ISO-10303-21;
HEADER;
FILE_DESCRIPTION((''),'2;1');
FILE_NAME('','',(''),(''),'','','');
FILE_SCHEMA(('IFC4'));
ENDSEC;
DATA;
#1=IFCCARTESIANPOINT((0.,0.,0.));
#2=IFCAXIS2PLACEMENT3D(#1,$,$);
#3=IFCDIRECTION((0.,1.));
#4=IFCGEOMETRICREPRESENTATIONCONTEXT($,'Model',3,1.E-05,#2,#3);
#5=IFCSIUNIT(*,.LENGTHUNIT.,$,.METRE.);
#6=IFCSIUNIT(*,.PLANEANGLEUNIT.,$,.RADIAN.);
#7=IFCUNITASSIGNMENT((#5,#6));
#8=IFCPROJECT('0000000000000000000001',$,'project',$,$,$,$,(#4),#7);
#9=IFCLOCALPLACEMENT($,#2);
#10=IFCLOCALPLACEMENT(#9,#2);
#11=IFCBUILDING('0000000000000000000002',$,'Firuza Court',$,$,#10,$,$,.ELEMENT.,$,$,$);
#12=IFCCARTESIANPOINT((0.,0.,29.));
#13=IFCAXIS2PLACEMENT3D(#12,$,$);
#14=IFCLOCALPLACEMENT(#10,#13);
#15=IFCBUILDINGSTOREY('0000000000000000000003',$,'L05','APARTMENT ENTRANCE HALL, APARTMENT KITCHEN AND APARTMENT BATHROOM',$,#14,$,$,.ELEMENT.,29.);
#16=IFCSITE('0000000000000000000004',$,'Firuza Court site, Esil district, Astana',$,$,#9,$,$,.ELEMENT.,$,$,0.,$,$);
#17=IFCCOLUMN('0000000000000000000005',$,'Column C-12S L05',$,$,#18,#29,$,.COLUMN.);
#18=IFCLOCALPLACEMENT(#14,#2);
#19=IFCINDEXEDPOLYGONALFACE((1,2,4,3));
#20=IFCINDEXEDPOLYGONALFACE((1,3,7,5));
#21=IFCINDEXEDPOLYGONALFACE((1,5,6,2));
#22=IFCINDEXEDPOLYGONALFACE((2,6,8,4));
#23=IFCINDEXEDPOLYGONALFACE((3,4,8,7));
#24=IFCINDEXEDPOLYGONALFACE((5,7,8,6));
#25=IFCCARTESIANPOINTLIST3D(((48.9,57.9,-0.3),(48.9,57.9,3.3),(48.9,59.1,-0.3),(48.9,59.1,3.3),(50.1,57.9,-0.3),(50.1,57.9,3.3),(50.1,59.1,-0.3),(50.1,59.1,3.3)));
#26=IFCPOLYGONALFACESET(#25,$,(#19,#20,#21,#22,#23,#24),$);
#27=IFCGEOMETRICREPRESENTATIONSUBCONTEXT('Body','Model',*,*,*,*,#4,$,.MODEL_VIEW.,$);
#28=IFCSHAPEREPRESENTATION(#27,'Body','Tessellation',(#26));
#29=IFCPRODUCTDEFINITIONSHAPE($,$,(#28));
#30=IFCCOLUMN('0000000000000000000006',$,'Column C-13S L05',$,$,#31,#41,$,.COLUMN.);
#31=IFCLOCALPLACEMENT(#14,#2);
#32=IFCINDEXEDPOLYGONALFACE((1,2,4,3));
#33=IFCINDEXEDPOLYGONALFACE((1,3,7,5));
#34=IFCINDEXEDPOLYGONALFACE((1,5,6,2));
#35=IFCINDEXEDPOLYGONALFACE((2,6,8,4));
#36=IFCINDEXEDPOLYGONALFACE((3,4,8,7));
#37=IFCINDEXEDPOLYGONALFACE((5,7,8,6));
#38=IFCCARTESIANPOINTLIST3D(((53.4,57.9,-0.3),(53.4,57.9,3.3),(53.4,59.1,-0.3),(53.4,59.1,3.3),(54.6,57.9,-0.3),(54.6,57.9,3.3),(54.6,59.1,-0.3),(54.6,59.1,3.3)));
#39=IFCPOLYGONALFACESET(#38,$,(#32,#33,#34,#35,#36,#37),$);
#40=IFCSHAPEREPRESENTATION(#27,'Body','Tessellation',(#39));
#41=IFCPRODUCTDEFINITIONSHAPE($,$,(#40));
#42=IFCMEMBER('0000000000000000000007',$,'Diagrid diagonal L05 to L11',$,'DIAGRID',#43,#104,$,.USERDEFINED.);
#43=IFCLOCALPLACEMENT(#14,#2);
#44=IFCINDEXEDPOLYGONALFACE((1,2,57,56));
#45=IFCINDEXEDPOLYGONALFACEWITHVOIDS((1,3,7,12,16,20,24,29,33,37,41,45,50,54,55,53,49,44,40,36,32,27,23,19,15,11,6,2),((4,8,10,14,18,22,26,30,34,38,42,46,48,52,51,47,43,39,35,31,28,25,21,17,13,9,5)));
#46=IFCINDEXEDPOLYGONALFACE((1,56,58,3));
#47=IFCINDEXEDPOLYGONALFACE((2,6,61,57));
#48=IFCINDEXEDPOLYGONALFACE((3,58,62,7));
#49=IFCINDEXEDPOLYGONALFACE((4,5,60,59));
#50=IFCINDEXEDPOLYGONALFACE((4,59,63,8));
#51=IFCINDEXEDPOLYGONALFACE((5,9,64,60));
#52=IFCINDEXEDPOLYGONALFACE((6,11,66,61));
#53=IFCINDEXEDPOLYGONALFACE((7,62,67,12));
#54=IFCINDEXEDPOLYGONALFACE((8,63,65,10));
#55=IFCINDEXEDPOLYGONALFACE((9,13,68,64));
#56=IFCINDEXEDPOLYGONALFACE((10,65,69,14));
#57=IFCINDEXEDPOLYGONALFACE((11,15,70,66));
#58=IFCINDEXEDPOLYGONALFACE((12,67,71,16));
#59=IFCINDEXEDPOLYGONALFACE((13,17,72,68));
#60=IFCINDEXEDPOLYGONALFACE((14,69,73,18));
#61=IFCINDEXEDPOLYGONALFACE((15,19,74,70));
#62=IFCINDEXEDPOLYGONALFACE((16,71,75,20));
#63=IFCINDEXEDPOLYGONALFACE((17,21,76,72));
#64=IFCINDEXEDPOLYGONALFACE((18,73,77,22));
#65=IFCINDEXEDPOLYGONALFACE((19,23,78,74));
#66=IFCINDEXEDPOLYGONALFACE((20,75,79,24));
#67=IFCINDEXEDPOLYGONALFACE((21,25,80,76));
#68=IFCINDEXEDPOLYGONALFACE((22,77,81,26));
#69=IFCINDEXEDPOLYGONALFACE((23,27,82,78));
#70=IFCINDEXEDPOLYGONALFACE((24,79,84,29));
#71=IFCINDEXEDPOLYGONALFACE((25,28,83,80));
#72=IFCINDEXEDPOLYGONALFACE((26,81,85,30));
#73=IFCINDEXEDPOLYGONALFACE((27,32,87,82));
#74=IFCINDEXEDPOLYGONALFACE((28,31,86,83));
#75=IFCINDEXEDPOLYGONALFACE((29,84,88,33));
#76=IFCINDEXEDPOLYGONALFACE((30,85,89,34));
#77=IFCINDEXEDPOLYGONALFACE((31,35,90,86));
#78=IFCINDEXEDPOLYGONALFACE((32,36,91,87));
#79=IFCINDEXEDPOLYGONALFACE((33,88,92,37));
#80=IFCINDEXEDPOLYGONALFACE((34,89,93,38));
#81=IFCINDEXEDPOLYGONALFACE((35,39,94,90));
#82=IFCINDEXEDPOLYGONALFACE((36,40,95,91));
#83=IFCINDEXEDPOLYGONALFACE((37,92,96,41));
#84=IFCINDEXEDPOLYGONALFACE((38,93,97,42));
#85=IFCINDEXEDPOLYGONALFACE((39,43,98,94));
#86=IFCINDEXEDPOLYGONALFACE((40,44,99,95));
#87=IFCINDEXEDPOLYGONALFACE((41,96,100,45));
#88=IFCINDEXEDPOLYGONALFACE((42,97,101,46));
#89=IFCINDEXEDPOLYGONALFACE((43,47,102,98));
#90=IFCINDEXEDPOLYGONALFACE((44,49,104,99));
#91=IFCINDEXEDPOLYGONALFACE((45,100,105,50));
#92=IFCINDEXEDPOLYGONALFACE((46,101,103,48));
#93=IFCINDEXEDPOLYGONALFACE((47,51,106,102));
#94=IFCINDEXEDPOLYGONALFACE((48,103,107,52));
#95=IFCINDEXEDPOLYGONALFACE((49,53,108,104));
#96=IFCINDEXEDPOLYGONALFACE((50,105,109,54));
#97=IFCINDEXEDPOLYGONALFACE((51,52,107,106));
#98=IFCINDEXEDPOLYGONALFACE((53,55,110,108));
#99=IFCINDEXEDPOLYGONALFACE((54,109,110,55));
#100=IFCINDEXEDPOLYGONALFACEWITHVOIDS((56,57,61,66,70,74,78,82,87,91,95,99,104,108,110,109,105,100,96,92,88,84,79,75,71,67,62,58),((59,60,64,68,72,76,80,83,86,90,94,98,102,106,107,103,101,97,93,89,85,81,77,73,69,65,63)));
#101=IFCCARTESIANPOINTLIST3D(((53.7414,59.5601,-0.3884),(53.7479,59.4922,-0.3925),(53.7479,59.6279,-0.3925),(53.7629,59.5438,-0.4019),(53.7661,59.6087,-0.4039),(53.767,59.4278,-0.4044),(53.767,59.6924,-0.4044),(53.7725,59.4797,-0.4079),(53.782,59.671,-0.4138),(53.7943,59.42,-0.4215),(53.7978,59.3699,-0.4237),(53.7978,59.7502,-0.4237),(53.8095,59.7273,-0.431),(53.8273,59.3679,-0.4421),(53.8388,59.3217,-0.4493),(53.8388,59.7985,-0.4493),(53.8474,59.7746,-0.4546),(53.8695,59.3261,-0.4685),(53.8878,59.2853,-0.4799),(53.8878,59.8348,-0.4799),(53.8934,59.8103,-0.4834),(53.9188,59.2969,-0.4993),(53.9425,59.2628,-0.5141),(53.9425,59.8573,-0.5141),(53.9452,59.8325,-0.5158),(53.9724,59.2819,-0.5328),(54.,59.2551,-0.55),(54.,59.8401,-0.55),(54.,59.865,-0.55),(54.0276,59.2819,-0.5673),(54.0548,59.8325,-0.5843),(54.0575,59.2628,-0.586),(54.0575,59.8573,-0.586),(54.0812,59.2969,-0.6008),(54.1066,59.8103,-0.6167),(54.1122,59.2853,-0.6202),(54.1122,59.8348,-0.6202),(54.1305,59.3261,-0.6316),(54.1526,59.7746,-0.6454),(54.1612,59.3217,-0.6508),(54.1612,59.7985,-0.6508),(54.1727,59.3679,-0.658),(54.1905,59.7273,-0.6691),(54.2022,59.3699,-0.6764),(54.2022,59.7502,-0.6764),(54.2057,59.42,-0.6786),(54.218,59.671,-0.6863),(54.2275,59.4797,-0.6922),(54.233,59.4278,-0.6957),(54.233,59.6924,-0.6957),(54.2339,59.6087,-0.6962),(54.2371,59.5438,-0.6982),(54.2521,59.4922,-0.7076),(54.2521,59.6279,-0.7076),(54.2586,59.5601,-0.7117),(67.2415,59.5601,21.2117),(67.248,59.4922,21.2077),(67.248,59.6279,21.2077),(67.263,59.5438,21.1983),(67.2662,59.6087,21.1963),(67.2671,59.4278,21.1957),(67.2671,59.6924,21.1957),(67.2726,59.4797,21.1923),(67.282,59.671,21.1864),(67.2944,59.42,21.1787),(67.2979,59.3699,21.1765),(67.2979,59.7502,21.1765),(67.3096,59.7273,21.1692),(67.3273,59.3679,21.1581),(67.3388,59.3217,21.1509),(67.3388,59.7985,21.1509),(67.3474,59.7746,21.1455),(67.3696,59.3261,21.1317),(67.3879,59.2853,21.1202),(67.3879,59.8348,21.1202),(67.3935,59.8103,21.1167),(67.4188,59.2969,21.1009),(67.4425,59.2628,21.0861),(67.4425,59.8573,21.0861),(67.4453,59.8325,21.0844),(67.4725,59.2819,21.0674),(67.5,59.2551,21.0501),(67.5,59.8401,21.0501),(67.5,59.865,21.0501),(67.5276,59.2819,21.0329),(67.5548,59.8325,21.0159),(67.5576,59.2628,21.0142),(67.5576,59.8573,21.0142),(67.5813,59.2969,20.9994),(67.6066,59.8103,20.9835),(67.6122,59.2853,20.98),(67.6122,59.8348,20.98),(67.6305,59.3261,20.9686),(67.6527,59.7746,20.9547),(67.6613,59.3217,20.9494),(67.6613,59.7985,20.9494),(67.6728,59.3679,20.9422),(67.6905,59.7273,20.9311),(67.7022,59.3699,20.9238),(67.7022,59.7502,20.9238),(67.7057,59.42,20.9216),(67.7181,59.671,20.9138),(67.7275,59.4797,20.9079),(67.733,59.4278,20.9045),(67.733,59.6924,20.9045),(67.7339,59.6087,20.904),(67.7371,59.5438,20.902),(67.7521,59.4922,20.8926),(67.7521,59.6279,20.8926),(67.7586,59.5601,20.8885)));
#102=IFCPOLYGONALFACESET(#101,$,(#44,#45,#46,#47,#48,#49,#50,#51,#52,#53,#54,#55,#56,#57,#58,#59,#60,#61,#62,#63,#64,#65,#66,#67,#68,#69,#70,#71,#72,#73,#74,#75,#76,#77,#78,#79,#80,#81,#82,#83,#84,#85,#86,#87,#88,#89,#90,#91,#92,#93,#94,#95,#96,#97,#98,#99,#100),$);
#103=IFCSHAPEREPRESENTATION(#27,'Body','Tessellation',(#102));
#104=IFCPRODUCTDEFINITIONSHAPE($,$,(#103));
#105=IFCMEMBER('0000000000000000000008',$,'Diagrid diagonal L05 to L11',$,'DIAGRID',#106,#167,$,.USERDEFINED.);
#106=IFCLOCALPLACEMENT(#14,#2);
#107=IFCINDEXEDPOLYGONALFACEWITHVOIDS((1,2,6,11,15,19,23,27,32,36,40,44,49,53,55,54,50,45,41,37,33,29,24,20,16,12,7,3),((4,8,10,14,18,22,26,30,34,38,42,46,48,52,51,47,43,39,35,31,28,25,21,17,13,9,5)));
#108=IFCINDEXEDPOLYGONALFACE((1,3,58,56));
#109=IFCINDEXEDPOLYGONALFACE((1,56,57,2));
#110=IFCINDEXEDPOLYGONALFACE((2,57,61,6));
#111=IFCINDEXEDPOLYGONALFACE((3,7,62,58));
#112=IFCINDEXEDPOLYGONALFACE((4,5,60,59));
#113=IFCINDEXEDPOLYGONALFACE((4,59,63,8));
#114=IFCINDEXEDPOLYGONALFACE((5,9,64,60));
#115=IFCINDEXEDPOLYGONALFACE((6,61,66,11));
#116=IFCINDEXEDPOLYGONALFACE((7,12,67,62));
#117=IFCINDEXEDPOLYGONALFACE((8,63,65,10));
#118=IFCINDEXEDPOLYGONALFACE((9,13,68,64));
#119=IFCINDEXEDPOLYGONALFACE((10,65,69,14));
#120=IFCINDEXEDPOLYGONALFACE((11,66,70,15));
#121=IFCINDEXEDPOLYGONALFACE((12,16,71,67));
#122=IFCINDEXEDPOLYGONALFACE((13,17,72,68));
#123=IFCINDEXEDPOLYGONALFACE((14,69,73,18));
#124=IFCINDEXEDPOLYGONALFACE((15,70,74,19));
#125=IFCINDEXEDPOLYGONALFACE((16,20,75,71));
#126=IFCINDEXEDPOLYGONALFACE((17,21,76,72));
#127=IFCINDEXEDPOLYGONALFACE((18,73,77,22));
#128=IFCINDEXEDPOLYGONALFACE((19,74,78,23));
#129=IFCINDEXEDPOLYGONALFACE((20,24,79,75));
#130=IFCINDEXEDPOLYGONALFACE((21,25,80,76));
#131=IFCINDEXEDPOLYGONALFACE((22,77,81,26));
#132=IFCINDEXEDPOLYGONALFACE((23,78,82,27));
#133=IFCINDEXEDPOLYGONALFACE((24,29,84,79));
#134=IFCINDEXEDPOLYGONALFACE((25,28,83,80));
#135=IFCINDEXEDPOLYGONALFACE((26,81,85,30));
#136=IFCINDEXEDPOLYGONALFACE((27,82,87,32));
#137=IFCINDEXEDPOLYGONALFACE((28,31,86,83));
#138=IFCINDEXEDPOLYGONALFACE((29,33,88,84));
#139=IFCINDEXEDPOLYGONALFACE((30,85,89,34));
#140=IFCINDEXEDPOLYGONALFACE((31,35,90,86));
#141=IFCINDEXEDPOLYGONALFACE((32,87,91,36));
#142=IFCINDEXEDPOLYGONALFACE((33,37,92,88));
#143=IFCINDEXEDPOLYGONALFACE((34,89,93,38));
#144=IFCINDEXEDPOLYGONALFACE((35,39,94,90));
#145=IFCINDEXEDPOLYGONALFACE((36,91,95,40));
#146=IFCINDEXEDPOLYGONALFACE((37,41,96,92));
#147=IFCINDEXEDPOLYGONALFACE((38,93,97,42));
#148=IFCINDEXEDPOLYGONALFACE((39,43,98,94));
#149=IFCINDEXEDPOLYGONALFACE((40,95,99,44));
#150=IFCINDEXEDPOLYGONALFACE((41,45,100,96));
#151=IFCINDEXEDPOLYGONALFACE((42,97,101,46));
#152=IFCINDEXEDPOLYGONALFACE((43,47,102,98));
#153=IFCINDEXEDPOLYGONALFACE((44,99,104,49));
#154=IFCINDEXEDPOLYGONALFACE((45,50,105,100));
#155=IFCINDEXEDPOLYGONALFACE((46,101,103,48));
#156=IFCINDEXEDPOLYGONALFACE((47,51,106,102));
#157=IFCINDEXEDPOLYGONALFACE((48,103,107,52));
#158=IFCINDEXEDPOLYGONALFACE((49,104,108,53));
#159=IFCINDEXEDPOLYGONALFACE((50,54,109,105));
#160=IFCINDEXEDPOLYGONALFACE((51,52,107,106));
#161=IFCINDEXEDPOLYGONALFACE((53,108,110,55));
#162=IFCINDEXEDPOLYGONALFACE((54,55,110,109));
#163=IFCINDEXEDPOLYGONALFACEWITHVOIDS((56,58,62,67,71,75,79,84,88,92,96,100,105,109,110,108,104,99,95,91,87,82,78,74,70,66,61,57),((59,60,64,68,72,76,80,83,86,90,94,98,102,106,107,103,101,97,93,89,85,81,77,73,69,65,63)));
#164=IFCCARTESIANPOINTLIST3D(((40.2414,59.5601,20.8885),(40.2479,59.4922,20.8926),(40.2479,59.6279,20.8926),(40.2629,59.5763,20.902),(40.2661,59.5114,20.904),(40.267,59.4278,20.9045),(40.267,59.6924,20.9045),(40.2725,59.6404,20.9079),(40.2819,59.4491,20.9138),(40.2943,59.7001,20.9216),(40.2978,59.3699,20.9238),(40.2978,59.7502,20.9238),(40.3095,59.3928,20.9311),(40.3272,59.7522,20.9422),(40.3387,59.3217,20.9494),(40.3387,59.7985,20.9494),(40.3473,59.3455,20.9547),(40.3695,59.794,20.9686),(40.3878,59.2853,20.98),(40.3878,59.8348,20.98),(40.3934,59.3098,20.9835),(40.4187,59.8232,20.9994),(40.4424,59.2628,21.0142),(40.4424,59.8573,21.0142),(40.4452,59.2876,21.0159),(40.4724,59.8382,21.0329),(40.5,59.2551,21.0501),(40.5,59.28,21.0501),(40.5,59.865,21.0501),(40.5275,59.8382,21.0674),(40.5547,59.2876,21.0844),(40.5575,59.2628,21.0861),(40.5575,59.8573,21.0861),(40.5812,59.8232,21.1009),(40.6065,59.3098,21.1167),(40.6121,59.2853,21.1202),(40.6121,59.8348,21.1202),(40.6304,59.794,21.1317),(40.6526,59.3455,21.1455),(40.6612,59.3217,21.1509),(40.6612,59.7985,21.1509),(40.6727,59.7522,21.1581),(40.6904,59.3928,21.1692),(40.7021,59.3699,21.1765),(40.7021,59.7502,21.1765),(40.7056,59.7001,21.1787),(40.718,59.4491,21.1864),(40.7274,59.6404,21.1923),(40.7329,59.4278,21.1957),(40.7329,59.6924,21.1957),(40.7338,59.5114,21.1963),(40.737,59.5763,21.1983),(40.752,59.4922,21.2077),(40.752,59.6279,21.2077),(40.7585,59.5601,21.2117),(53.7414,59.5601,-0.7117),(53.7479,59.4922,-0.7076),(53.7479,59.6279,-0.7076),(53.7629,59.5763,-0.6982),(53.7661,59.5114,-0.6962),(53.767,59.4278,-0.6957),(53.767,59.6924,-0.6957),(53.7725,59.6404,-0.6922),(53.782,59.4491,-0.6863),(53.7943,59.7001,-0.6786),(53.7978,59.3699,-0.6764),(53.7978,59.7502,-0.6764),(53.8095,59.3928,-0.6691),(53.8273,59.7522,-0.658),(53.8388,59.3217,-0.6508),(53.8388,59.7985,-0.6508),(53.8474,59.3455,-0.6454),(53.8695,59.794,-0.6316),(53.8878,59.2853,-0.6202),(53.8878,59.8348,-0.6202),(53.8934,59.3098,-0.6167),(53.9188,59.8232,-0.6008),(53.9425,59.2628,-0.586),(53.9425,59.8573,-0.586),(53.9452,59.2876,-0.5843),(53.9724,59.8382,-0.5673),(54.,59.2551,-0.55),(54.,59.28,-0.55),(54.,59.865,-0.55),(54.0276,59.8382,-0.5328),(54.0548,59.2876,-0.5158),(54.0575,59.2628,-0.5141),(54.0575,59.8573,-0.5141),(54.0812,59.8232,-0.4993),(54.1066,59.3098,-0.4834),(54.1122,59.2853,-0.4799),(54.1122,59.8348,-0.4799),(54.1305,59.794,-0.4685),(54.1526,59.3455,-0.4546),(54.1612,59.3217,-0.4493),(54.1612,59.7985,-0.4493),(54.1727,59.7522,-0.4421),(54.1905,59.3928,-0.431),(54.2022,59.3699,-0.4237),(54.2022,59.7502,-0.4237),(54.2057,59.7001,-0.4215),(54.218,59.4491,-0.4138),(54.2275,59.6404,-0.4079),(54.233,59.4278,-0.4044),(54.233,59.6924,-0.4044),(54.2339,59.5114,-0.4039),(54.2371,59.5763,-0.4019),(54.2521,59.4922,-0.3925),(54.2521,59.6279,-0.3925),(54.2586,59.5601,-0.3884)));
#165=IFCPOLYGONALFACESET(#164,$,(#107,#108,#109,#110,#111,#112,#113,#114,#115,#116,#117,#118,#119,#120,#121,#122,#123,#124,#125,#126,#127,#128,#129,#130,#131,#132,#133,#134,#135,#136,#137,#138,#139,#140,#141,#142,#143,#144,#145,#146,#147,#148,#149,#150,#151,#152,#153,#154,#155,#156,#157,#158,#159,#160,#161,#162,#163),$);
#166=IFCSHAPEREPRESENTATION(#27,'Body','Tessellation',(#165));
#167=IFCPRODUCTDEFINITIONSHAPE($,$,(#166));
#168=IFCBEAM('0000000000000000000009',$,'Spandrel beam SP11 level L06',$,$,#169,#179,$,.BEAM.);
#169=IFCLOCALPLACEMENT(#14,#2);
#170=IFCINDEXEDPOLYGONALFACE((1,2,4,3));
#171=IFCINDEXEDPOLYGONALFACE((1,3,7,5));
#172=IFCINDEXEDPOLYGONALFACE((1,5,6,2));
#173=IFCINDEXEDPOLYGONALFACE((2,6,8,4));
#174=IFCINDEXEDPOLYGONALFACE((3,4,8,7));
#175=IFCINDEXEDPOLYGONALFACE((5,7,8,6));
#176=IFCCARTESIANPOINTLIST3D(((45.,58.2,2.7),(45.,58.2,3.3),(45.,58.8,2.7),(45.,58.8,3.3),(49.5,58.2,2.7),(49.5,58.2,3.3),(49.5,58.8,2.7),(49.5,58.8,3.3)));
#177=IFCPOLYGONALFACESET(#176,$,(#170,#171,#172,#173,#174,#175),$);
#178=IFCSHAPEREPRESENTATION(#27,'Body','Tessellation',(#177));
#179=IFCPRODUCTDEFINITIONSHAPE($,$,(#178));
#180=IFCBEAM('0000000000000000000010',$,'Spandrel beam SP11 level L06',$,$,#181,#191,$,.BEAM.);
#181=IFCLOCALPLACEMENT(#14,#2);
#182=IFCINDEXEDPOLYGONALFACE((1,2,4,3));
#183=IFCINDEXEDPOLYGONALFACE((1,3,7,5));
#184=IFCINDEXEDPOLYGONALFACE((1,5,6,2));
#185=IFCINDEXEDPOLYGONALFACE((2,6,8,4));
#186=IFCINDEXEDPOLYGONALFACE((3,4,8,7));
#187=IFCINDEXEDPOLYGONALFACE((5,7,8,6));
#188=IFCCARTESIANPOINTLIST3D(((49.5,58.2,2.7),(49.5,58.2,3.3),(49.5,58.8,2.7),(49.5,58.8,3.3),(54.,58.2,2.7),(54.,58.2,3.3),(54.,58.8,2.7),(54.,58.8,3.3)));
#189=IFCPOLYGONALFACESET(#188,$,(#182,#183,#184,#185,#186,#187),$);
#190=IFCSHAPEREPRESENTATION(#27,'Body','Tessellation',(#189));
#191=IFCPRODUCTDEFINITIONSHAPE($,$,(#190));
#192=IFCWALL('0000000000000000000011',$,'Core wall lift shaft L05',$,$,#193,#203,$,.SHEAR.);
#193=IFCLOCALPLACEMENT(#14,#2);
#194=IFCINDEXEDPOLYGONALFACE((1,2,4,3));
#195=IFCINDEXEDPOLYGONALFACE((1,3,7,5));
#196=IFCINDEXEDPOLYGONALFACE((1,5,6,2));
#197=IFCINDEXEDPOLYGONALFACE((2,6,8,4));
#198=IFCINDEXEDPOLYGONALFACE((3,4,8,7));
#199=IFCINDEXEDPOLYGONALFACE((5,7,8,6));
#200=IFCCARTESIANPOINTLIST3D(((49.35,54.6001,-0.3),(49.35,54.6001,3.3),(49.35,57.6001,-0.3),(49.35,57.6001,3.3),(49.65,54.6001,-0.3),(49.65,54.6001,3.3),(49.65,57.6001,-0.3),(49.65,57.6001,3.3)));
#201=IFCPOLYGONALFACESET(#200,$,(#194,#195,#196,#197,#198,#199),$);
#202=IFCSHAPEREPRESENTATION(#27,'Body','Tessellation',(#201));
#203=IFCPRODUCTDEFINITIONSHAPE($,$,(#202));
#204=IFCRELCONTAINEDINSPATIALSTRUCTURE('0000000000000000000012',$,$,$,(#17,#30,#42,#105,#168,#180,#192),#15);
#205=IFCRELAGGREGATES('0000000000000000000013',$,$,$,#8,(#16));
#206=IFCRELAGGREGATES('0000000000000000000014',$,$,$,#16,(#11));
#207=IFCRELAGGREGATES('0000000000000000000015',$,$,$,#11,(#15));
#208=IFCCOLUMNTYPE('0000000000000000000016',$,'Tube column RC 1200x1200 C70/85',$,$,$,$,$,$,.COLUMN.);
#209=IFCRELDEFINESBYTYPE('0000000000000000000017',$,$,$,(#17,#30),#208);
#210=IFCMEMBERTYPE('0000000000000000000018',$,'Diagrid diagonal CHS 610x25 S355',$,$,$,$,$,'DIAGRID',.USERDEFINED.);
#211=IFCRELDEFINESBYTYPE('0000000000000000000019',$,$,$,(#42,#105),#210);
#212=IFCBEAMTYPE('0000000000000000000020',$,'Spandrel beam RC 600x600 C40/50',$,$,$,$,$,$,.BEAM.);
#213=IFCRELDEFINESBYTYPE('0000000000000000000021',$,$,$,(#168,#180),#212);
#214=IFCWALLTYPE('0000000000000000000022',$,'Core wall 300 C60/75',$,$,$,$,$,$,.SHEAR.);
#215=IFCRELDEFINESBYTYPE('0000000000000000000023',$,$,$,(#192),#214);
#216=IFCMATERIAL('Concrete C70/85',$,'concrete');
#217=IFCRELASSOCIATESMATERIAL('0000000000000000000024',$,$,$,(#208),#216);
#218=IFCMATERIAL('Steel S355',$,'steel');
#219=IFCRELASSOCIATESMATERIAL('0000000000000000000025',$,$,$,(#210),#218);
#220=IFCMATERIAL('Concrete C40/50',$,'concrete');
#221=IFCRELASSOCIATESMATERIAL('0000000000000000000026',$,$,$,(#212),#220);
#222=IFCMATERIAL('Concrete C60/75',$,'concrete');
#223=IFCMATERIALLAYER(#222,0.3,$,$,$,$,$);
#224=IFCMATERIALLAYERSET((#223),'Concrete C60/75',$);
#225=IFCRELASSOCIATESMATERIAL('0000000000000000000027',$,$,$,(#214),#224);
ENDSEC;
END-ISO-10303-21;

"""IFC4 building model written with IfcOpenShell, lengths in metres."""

from ifc_helpers import new_model, si_unit, direction, frame, frame_2d, origin, origin_2d, place, context, subcontext, project, spatial, rectangle, hollow_circle, extrude, material, layer, layer_set, material_profile, profile_set, type_object, element, save


model = new_model("IFC4")

# Units and contexts
model_context = context("Model", 3, precision=1e-05, world=origin(), true_north=direction((0.0, 1.0)))
body_context = subcontext(model_context, "Body", "Model", "MODEL_VIEW")
ifc_project = project(units=[si_unit("LENGTHUNIT", "METRE"), si_unit("PLANEANGLEUNIT", "RADIAN")], contexts=[model_context])

# Site, building, storey
site_placement = place(None, origin())
site = spatial("IfcSite", under=ifc_project, at=site_placement, Name="Firuza Court site, Esil district, Astana", CompositionType="ELEMENT", RefElevation=0.0)
building_placement = place(site_placement, origin())
building = spatial("IfcBuilding", under=site, at=building_placement, Name="Firuza Court", CompositionType="ELEMENT")
storey_placement = place(building_placement, frame((0.0, 0.0, 29.0)))
storey = spatial("IfcBuildingStorey", under=building, at=storey_placement, Name="L05", Description="APARTMENT ENTRANCE HALL, APARTMENT KITCHEN AND APARTMENT BATHROOM", CompositionType="ELEMENT", Elevation=29.0)

# Columns
ifc_material_1 = material(Name="Concrete C70/85", Category="concrete")
ifc_material_profile_1 = material_profile(ifc_material_1, rectangle(XDim=1.2, YDim=1.2, at=origin_2d()), Name="RC 1200x1200")
ifc_profile_set_1 = profile_set([ifc_material_profile_1], Name="Concrete C70/85")
column_type = type_object("IfcColumnType", Name="Tube column RC 1200x1200 C70/85", PredefinedType="COLUMN", material=ifc_profile_set_1)
for number, where, z_axis, x_axis, name in (
    (1, (49.5, 58.5, -0.3), (0.0, 0.0, 1.0), (1.0, 0.0, 0.0), "Column C-12S L05"),
    (2, (54.0, 58.5, -0.3), (0.0, 0.0, 1.0), (1.0, 0.0, 0.0), "Column C-13S L05"),
):
    element("IfcColumn", number, at=place(storey_placement, frame(where, z_axis=z_axis, x_axis=x_axis)), inside=storey, type_object=column_type, Name=name, PredefinedType="COLUMN", context=body_context, shape_type="SweptSolid", body=[
        extrude(rectangle(XDim=1.2, YDim=1.2, at=origin_2d()), origin(), (0.0, 0.0, 1.0), 3.6001),
    ])

# Members
ifc_material_2 = material(Name="Steel S355", Category="steel")
ifc_material_profile_2 = material_profile(ifc_material_2, hollow_circle(Radius=0.3049, WallThickness=0.0249, at=origin_2d()), Name="CHS 610x25")
ifc_profile_set_2 = profile_set([ifc_material_profile_2], Name="Steel S355")
member_type = type_object("IfcMemberType", Name="Diagrid diagonal CHS 610x25 S355", ElementType="DIAGRID", PredefinedType="USERDEFINED", material=ifc_profile_set_2)
for number, where, z_axis, x_axis, name in (
    (3, (54.0, 59.5601, -0.55), (0.529997, 0.0, 0.847999), (0.0, 1.0, 0.0), "Diagrid diagonal L05 to L11"),
    (4, (54.0, 59.5601, -0.55), (-0.529997, 0.0, 0.847999), (0.0, -1.0, 0.0), "Diagrid diagonal L05 to L11"),
):
    element("IfcMember", number, at=place(storey_placement, frame(where, z_axis=z_axis, x_axis=x_axis)), inside=storey, type_object=member_type, Name=name, ObjectType="DIAGRID", PredefinedType="USERDEFINED", context=body_context, shape_type="SweptSolid", body=[
        extrude(hollow_circle(Radius=0.3049, WallThickness=0.0249, at=origin_2d()), origin(), (0.0, 0.0, 1.0), 25.4719),
    ])

# Beams
ifc_material_3 = material(Name="Concrete C40/50", Category="concrete")
ifc_material_profile_3 = material_profile(ifc_material_3, rectangle(XDim=0.6001, YDim=0.6001, at=origin_2d()), Name="RC 600x600")
ifc_profile_set_3 = profile_set([ifc_material_profile_3], Name="Concrete C40/50")
beam_type = type_object("IfcBeamType", Name="Spandrel beam RC 600x600 C40/50", PredefinedType="BEAM", material=ifc_profile_set_3)
for number, where, z_axis, x_axis, name in (
    (5, (49.5, 58.5, 3.0), (-1.0, 0.0, 0.0), (0.0, -1.0, 0.0), "Spandrel beam SP11 level L06"),
    (6, (54.0, 58.5, 3.0), (-1.0, 0.0, 0.0), (0.0, -1.0, 0.0), "Spandrel beam SP11 level L06"),
):
    element("IfcBeam", number, at=place(storey_placement, frame(where, z_axis=z_axis, x_axis=x_axis)), inside=storey, type_object=beam_type, Name=name, PredefinedType="BEAM", context=body_context, shape_type="SweptSolid", body=[
        extrude(rectangle(XDim=0.6001, YDim=0.6001, at=origin_2d()), origin(), (0.0, 0.0, 1.0), 4.5),
    ])

# Wall
ifc_material_4 = material(Name="Concrete C60/75", Category="concrete")
ifc_layer_1 = layer(ifc_material_4, 0.3)
ifc_layer_set_1 = layer_set([ifc_layer_1], Name="Concrete C60/75")
wall_type_1 = type_object("IfcWallType", Name="Core wall 300 C60/75", PredefinedType="SHEAR", material=ifc_layer_set_1)
wall_1_placement = place(storey_placement, frame((49.5, 54.6001, -0.3), z_axis=(0.0, 0.0, 1.0), x_axis=(0.0, 1.0, 0.0)))
element("IfcWall", 7, at=wall_1_placement, inside=storey, type_object=wall_type_1, Name="Core wall lift shaft L05", PredefinedType="SHEAR", context=body_context, shape_type="SweptSolid", body=[
    extrude(rectangle(XDim=3.0, YDim=0.3, at=frame_2d((1.5, 0.0))), origin(), (0.0, 0.0, 1.0), 3.6001),
])

save(model, "model.ifc")
